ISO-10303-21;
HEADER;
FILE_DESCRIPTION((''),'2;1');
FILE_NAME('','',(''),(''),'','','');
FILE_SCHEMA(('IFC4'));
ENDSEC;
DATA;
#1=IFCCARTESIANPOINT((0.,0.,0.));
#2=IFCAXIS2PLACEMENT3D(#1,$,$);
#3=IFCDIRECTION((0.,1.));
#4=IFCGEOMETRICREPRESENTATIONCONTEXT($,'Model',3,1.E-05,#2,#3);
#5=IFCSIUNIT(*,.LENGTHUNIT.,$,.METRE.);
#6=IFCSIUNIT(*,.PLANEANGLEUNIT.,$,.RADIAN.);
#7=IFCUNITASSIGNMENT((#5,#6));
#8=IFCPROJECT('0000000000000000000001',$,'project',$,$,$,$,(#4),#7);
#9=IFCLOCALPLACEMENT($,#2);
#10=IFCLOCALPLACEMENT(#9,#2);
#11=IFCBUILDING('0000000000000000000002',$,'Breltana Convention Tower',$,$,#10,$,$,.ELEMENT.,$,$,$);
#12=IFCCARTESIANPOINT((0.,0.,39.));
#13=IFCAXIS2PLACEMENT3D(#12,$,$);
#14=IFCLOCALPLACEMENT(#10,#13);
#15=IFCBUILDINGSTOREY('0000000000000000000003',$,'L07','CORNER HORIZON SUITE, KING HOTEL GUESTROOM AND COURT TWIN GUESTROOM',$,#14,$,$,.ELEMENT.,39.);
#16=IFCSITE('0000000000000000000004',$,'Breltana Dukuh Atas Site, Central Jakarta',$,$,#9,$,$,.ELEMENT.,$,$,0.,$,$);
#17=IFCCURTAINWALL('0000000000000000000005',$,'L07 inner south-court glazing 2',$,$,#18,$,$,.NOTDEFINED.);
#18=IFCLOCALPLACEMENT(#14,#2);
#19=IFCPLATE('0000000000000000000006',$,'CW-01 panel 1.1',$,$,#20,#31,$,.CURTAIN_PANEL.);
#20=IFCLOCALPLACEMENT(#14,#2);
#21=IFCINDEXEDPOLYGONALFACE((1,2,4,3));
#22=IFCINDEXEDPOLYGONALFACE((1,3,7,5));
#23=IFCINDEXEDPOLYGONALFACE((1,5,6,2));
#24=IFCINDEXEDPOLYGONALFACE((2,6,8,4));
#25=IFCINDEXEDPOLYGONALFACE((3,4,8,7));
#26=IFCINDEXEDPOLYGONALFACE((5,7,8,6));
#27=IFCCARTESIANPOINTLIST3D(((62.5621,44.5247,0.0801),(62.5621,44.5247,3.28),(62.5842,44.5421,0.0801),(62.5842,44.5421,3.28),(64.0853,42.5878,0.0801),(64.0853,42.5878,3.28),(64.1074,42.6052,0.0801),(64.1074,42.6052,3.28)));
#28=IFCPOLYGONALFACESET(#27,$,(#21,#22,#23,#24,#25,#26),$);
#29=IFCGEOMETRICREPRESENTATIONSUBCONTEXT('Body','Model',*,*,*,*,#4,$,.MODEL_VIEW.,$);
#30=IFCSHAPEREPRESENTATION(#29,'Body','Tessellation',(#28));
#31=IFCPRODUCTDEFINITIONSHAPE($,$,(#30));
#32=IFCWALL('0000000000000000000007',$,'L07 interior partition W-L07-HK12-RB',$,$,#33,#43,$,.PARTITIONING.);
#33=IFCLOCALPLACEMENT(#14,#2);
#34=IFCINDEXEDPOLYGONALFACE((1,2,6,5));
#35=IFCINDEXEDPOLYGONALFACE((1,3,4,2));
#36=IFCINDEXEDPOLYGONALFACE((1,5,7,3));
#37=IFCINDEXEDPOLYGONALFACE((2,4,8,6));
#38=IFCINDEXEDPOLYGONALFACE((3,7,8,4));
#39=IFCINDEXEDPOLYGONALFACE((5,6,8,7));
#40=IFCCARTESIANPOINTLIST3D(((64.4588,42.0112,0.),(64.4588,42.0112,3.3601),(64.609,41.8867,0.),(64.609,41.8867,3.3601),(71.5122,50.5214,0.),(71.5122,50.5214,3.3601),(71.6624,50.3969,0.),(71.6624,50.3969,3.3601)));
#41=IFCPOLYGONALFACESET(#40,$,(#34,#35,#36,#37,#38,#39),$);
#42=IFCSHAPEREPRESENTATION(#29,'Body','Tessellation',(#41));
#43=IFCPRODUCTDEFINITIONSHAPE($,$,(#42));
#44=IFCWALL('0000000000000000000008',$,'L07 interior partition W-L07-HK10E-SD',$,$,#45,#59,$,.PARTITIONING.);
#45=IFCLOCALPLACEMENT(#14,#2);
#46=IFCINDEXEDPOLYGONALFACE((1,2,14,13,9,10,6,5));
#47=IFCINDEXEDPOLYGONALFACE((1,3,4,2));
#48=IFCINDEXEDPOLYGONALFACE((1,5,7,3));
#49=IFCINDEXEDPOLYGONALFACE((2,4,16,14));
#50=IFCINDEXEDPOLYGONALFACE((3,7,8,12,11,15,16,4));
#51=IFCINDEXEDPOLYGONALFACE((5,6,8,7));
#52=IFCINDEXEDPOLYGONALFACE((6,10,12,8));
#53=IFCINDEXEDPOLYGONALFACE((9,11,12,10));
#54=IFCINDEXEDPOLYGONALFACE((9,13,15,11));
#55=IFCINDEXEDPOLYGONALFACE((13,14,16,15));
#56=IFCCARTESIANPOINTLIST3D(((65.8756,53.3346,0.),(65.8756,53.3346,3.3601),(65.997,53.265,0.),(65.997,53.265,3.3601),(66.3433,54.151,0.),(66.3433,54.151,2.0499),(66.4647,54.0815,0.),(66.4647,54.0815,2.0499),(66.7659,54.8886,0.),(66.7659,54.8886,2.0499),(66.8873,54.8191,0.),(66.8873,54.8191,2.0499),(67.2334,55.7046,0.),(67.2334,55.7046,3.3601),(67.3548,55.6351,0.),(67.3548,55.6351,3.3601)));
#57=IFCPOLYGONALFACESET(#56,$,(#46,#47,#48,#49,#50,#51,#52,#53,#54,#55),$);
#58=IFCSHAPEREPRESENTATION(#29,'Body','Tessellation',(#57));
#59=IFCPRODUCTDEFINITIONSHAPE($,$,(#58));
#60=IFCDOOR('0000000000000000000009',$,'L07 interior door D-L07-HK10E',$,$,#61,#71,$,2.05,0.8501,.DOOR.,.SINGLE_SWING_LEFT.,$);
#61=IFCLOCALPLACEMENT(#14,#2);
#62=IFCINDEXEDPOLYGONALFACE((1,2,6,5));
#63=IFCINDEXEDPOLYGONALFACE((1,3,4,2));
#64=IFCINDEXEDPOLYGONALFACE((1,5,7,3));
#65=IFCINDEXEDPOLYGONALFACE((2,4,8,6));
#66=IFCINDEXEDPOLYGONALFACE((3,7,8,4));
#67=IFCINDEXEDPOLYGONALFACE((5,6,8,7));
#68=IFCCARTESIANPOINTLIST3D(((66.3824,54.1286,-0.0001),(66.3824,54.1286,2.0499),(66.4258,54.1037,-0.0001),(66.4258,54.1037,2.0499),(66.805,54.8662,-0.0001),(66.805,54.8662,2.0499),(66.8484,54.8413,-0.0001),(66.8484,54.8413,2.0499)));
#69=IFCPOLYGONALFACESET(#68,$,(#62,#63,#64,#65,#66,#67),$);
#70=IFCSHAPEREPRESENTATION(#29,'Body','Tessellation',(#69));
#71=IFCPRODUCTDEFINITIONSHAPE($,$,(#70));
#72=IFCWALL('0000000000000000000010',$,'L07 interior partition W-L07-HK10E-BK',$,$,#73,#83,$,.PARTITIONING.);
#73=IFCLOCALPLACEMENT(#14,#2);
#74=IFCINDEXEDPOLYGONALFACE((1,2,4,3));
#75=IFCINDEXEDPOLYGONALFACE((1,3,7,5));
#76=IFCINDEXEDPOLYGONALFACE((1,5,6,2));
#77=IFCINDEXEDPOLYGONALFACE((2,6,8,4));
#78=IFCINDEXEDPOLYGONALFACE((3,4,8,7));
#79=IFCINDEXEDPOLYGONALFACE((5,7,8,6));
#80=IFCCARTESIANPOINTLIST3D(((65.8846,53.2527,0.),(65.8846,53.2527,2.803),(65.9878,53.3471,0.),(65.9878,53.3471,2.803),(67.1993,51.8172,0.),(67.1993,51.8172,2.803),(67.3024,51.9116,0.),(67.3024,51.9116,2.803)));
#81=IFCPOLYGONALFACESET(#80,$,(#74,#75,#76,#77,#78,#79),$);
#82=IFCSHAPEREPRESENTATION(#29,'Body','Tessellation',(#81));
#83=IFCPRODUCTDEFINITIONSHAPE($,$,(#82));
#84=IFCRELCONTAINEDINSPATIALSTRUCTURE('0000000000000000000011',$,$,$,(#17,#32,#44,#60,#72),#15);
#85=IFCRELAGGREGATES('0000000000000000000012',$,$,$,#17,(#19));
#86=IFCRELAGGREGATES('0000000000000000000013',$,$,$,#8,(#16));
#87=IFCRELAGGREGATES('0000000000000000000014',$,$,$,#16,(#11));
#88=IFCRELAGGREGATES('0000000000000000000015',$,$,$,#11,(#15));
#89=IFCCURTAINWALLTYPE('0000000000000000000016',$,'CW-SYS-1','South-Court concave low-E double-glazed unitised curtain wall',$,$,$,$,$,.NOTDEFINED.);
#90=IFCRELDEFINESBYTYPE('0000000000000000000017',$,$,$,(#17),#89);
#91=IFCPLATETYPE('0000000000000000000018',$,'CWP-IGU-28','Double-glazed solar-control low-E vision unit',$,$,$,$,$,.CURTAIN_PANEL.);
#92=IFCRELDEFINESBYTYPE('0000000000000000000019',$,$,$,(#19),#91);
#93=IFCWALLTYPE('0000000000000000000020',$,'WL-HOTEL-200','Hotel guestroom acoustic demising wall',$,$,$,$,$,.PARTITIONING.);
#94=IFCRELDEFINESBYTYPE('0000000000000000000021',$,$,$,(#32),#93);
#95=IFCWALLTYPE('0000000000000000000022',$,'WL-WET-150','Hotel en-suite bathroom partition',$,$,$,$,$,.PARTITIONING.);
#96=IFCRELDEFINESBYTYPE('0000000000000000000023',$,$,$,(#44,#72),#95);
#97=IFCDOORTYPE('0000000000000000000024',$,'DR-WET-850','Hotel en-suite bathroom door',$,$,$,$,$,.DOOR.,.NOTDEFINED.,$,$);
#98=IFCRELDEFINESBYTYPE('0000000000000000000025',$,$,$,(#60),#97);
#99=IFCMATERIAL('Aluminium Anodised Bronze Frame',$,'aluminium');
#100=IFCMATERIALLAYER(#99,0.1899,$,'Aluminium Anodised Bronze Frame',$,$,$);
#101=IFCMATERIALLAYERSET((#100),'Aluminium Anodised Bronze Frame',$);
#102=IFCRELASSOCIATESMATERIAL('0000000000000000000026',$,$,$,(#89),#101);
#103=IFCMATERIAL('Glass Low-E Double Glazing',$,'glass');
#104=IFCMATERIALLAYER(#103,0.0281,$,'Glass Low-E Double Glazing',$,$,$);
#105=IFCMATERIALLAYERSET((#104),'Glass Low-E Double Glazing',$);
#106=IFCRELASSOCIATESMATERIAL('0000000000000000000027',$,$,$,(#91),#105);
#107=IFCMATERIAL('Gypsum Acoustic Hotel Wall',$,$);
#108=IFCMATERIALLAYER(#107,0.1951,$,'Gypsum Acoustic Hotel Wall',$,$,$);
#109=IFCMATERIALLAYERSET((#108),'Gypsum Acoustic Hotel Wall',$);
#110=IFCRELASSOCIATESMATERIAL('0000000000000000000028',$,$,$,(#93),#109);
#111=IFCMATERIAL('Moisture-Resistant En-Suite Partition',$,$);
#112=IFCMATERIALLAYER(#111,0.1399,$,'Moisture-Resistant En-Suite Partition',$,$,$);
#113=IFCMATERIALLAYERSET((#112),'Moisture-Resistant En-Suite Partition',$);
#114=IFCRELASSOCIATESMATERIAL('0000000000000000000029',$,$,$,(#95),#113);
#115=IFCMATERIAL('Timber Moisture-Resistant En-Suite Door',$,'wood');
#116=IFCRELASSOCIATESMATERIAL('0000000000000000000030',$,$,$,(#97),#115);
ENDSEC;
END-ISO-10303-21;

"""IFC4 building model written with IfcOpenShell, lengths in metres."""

from ifc_helpers import new_model, si_unit, direction, frame, frame_2d, origin, origin_2d, place, context, subcontext, project, spatial, rectangle, extrude, source, transform, mapped, material, layer, layer_set, type_object, type_shapes, element, fill, aggregate, save


model = new_model("IFC4")

# Units and contexts
model_context = context("Model", 3, precision=1e-05, world=origin(), true_north=direction((0.0, 1.0)))
body_context = subcontext(model_context, "Body", "Model", "MODEL_VIEW")
ifc_project = project(units=[si_unit("LENGTHUNIT", "METRE"), si_unit("PLANEANGLEUNIT", "RADIAN")], contexts=[model_context])

# Site, building, storey
site_placement = place(None, origin())
site = spatial("IfcSite", under=ifc_project, at=site_placement, Name="Breltana Dukuh Atas Site, Central Jakarta", CompositionType="ELEMENT", RefElevation=0.0)
building_placement = place(site_placement, origin())
building = spatial("IfcBuilding", under=site, at=building_placement, Name="Breltana Convention Tower", CompositionType="ELEMENT")
storey_placement = place(building_placement, frame((0.0, 0.0, 39.0)))
storey = spatial("IfcBuildingStorey", under=building, at=storey_placement, Name="L07", Description="CORNER HORIZON SUITE, KING HOTEL GUESTROOM AND COURT TWIN GUESTROOM", CompositionType="ELEMENT", Elevation=39.0)

# Curtain wall
ifc_material_1 = material(Name="Aluminium Anodised Bronze Frame", Category="aluminium")
ifc_layer_1 = layer(ifc_material_1, 0.1899, Name="Aluminium Anodised Bronze Frame")
ifc_layer_set_1 = layer_set([ifc_layer_1], Name="Aluminium Anodised Bronze Frame")
curtain_wall_type = type_object("IfcCurtainWallType", Name="CW-SYS-1", Description="South-Court concave low-E double-glazed unitised curtain wall", PredefinedType="NOTDEFINED", material=ifc_layer_set_1)
curtain_wall_1_placement = place(storey_placement, origin())
curtain_wall_1 = element("IfcCurtainWall", 1, at=curtain_wall_1_placement, inside=storey, type_object=curtain_wall_type, Name="L07 inner south-court glazing 2", PredefinedType="NOTDEFINED")

# Plate
ifc_material_2 = material(Name="Glass Low-E Double Glazing", Category="glass")
ifc_layer_2 = layer(ifc_material_2, 0.0281, Name="Glass Low-E Double Glazing")
ifc_layer_set_2 = layer_set([ifc_layer_2], Name="Glass Low-E Double Glazing")
plate_type = type_object("IfcPlateType", Name="CWP-IGU-28", Description="Double-glazed solar-control low-E vision unit", PredefinedType="CURTAIN_PANEL", material=ifc_layer_set_2)
shared_shape_1 = source(origin(), body_context, "Body", "SweptSolid", [
    extrude(rectangle(XDim=2.4641, YDim=0.0281, at=origin_2d()), origin(), (0.0, 0.0, 1.0), 3.2),
])
plate_1_placement = place(storey_placement, frame((63.3347, 43.5649, 0.0801), z_axis=(0.0, 0.0, 1.0), x_axis=(-0.618153, 0.786058, 0.0)))
plate_1 = element("IfcPlate", 2, at=plate_1_placement, type_object=plate_type, Name="CW-01 panel 1.1", PredefinedType="CURTAIN_PANEL", context=body_context, shape_type="MappedRepresentation", body=[
    mapped(shared_shape_1, transform((0.0, 0.0, 0.0), scale=1.0)),
])
aggregate(curtain_wall_1, [plate_1])

# Wall
ifc_material_3 = material(Name="Gypsum Acoustic Hotel Wall")
ifc_layer_3 = layer(ifc_material_3, 0.1951, Name="Gypsum Acoustic Hotel Wall")
ifc_layer_set_3 = layer_set([ifc_layer_3], Name="Gypsum Acoustic Hotel Wall")
wall_type_1 = type_object("IfcWallType", Name="WL-HOTEL-200", Description="Hotel guestroom acoustic demising wall", PredefinedType="PARTITIONING", material=ifc_layer_set_3)
shared_shape_2 = source(origin(), body_context, "Body", "SweptSolid", [
    extrude(rectangle(XDim=11.0532, YDim=0.1951, at=frame_2d((5.5266, 0.0))), origin(), (0.0, 0.0, 1.0), 3.3601),
])
wall_1_placement = place(storey_placement, frame((64.5339, 41.949, 0.0), z_axis=(0.0, 0.0, 1.0), x_axis=(0.638131, 0.769928, 0.0)))
element("IfcWall", 3, at=wall_1_placement, inside=storey, type_object=wall_type_1, Name="L07 interior partition W-L07-HK12-RB", PredefinedType="PARTITIONING", context=body_context, shape_type="MappedRepresentation", body=[
    mapped(shared_shape_2, transform((0.0, 0.0, 0.0), scale=1.0)),
])

# Wall, opening, door
ifc_material_4 = material(Name="Moisture-Resistant En-Suite Partition")
ifc_layer_4 = layer(ifc_material_4, 0.1399, Name="Moisture-Resistant En-Suite Partition")
ifc_layer_set_4 = layer_set([ifc_layer_4], Name="Moisture-Resistant En-Suite Partition")
wall_type_2 = type_object("IfcWallType", Name="WL-WET-150", Description="Hotel en-suite bathroom partition", PredefinedType="PARTITIONING", material=ifc_layer_set_4)
shared_shape_3 = source(origin(), body_context, "Body", "SweptSolid", [
    extrude(rectangle(XDim=2.7314, YDim=0.1399, at=frame_2d((1.3657, 0.0))), origin(), (0.0, 0.0, 1.0), 3.3601),
])
wall_2_placement = place(storey_placement, frame((65.9363, 53.2998, 0.0), z_axis=(0.0, 0.0, 1.0), x_axis=(0.49712, 0.867682, 0.0)))
wall_2 = element("IfcWall", 4, at=wall_2_placement, inside=storey, type_object=wall_type_2, Name="L07 interior partition W-L07-HK10E-SD", PredefinedType="PARTITIONING", context=body_context, shape_type="MappedRepresentation", body=[
    mapped(shared_shape_3, transform((0.0, 0.0, 0.0), scale=1.0)),
])
opening_placement = place(wall_2_placement, frame((0.9409, 0.0, 0.0)))
opening = element("IfcOpeningElement", 5, at=opening_placement, cuts=wall_2, PredefinedType="OPENING", context=body_context, shape_type="SweptSolid", body=[
    extrude(rectangle(XDim=0.8501, YDim=2.05, at=frame_2d((0.425, 1.0249))), frame((0.0, 0.0801, 0.0), z_axis=(0.0, -1.0, 0.0), x_axis=(1.0, 0.0, 0.0)), (0.0, 0.0, 1.0), 0.1599),
])
ifc_material_5 = material(Name="Timber Moisture-Resistant En-Suite Door", Category="wood")
door_type = type_object("IfcDoorType", Name="DR-WET-850", Description="Hotel en-suite bathroom door", OperationType="NOTDEFINED", PredefinedType="DOOR", material=ifc_material_5)
shared_shape_4 = source(origin(), body_context, "Body", "SweptSolid", [
    extrude(rectangle(XDim=0.8501, YDim=2.05, at=frame_2d((0.425, 1.0249))), frame((0.0, 0.0249, 0.0), z_axis=(0.0, -1.0, 0.0), x_axis=(1.0, 0.0, 0.0)), (0.0, 0.0, 1.0), 0.05),
])
type_shapes(door_type, [shared_shape_4])
door_placement = place(opening_placement, origin())
door = element("IfcDoor", 6, at=door_placement, inside=storey, type_object=door_type, Name="L07 interior door D-L07-HK10E", OperationType="SINGLE_SWING_LEFT", OverallHeight=2.05, OverallWidth=0.8501, PredefinedType="DOOR", context=body_context, shape_type="MappedRepresentation", body=[
    mapped(shared_shape_4, transform((0.0, 0.0, 0.0), scale=1.0)),
])
fill(opening, door)

# Wall
shared_shape_5 = source(origin(), body_context, "Body", "SweptSolid", [
    extrude(rectangle(XDim=1.9465, YDim=0.1399, at=frame_2d((0.9731, 0.0))), origin(), (0.0, 0.0, 1.0), 2.803),
])
wall_3_placement = place(storey_placement, frame((65.9363, 53.2998, 0.0), z_axis=(0.0, 0.0, 1.0), x_axis=(0.675384, -0.737466, 0.0)))
element("IfcWall", 7, at=wall_3_placement, inside=storey, type_object=wall_type_2, Name="L07 interior partition W-L07-HK10E-BK", PredefinedType="PARTITIONING", context=body_context, shape_type="MappedRepresentation", body=[
    mapped(shared_shape_5, transform((0.0, 0.0, 0.0), scale=1.0)),
])

save(model, "model.ifc")
